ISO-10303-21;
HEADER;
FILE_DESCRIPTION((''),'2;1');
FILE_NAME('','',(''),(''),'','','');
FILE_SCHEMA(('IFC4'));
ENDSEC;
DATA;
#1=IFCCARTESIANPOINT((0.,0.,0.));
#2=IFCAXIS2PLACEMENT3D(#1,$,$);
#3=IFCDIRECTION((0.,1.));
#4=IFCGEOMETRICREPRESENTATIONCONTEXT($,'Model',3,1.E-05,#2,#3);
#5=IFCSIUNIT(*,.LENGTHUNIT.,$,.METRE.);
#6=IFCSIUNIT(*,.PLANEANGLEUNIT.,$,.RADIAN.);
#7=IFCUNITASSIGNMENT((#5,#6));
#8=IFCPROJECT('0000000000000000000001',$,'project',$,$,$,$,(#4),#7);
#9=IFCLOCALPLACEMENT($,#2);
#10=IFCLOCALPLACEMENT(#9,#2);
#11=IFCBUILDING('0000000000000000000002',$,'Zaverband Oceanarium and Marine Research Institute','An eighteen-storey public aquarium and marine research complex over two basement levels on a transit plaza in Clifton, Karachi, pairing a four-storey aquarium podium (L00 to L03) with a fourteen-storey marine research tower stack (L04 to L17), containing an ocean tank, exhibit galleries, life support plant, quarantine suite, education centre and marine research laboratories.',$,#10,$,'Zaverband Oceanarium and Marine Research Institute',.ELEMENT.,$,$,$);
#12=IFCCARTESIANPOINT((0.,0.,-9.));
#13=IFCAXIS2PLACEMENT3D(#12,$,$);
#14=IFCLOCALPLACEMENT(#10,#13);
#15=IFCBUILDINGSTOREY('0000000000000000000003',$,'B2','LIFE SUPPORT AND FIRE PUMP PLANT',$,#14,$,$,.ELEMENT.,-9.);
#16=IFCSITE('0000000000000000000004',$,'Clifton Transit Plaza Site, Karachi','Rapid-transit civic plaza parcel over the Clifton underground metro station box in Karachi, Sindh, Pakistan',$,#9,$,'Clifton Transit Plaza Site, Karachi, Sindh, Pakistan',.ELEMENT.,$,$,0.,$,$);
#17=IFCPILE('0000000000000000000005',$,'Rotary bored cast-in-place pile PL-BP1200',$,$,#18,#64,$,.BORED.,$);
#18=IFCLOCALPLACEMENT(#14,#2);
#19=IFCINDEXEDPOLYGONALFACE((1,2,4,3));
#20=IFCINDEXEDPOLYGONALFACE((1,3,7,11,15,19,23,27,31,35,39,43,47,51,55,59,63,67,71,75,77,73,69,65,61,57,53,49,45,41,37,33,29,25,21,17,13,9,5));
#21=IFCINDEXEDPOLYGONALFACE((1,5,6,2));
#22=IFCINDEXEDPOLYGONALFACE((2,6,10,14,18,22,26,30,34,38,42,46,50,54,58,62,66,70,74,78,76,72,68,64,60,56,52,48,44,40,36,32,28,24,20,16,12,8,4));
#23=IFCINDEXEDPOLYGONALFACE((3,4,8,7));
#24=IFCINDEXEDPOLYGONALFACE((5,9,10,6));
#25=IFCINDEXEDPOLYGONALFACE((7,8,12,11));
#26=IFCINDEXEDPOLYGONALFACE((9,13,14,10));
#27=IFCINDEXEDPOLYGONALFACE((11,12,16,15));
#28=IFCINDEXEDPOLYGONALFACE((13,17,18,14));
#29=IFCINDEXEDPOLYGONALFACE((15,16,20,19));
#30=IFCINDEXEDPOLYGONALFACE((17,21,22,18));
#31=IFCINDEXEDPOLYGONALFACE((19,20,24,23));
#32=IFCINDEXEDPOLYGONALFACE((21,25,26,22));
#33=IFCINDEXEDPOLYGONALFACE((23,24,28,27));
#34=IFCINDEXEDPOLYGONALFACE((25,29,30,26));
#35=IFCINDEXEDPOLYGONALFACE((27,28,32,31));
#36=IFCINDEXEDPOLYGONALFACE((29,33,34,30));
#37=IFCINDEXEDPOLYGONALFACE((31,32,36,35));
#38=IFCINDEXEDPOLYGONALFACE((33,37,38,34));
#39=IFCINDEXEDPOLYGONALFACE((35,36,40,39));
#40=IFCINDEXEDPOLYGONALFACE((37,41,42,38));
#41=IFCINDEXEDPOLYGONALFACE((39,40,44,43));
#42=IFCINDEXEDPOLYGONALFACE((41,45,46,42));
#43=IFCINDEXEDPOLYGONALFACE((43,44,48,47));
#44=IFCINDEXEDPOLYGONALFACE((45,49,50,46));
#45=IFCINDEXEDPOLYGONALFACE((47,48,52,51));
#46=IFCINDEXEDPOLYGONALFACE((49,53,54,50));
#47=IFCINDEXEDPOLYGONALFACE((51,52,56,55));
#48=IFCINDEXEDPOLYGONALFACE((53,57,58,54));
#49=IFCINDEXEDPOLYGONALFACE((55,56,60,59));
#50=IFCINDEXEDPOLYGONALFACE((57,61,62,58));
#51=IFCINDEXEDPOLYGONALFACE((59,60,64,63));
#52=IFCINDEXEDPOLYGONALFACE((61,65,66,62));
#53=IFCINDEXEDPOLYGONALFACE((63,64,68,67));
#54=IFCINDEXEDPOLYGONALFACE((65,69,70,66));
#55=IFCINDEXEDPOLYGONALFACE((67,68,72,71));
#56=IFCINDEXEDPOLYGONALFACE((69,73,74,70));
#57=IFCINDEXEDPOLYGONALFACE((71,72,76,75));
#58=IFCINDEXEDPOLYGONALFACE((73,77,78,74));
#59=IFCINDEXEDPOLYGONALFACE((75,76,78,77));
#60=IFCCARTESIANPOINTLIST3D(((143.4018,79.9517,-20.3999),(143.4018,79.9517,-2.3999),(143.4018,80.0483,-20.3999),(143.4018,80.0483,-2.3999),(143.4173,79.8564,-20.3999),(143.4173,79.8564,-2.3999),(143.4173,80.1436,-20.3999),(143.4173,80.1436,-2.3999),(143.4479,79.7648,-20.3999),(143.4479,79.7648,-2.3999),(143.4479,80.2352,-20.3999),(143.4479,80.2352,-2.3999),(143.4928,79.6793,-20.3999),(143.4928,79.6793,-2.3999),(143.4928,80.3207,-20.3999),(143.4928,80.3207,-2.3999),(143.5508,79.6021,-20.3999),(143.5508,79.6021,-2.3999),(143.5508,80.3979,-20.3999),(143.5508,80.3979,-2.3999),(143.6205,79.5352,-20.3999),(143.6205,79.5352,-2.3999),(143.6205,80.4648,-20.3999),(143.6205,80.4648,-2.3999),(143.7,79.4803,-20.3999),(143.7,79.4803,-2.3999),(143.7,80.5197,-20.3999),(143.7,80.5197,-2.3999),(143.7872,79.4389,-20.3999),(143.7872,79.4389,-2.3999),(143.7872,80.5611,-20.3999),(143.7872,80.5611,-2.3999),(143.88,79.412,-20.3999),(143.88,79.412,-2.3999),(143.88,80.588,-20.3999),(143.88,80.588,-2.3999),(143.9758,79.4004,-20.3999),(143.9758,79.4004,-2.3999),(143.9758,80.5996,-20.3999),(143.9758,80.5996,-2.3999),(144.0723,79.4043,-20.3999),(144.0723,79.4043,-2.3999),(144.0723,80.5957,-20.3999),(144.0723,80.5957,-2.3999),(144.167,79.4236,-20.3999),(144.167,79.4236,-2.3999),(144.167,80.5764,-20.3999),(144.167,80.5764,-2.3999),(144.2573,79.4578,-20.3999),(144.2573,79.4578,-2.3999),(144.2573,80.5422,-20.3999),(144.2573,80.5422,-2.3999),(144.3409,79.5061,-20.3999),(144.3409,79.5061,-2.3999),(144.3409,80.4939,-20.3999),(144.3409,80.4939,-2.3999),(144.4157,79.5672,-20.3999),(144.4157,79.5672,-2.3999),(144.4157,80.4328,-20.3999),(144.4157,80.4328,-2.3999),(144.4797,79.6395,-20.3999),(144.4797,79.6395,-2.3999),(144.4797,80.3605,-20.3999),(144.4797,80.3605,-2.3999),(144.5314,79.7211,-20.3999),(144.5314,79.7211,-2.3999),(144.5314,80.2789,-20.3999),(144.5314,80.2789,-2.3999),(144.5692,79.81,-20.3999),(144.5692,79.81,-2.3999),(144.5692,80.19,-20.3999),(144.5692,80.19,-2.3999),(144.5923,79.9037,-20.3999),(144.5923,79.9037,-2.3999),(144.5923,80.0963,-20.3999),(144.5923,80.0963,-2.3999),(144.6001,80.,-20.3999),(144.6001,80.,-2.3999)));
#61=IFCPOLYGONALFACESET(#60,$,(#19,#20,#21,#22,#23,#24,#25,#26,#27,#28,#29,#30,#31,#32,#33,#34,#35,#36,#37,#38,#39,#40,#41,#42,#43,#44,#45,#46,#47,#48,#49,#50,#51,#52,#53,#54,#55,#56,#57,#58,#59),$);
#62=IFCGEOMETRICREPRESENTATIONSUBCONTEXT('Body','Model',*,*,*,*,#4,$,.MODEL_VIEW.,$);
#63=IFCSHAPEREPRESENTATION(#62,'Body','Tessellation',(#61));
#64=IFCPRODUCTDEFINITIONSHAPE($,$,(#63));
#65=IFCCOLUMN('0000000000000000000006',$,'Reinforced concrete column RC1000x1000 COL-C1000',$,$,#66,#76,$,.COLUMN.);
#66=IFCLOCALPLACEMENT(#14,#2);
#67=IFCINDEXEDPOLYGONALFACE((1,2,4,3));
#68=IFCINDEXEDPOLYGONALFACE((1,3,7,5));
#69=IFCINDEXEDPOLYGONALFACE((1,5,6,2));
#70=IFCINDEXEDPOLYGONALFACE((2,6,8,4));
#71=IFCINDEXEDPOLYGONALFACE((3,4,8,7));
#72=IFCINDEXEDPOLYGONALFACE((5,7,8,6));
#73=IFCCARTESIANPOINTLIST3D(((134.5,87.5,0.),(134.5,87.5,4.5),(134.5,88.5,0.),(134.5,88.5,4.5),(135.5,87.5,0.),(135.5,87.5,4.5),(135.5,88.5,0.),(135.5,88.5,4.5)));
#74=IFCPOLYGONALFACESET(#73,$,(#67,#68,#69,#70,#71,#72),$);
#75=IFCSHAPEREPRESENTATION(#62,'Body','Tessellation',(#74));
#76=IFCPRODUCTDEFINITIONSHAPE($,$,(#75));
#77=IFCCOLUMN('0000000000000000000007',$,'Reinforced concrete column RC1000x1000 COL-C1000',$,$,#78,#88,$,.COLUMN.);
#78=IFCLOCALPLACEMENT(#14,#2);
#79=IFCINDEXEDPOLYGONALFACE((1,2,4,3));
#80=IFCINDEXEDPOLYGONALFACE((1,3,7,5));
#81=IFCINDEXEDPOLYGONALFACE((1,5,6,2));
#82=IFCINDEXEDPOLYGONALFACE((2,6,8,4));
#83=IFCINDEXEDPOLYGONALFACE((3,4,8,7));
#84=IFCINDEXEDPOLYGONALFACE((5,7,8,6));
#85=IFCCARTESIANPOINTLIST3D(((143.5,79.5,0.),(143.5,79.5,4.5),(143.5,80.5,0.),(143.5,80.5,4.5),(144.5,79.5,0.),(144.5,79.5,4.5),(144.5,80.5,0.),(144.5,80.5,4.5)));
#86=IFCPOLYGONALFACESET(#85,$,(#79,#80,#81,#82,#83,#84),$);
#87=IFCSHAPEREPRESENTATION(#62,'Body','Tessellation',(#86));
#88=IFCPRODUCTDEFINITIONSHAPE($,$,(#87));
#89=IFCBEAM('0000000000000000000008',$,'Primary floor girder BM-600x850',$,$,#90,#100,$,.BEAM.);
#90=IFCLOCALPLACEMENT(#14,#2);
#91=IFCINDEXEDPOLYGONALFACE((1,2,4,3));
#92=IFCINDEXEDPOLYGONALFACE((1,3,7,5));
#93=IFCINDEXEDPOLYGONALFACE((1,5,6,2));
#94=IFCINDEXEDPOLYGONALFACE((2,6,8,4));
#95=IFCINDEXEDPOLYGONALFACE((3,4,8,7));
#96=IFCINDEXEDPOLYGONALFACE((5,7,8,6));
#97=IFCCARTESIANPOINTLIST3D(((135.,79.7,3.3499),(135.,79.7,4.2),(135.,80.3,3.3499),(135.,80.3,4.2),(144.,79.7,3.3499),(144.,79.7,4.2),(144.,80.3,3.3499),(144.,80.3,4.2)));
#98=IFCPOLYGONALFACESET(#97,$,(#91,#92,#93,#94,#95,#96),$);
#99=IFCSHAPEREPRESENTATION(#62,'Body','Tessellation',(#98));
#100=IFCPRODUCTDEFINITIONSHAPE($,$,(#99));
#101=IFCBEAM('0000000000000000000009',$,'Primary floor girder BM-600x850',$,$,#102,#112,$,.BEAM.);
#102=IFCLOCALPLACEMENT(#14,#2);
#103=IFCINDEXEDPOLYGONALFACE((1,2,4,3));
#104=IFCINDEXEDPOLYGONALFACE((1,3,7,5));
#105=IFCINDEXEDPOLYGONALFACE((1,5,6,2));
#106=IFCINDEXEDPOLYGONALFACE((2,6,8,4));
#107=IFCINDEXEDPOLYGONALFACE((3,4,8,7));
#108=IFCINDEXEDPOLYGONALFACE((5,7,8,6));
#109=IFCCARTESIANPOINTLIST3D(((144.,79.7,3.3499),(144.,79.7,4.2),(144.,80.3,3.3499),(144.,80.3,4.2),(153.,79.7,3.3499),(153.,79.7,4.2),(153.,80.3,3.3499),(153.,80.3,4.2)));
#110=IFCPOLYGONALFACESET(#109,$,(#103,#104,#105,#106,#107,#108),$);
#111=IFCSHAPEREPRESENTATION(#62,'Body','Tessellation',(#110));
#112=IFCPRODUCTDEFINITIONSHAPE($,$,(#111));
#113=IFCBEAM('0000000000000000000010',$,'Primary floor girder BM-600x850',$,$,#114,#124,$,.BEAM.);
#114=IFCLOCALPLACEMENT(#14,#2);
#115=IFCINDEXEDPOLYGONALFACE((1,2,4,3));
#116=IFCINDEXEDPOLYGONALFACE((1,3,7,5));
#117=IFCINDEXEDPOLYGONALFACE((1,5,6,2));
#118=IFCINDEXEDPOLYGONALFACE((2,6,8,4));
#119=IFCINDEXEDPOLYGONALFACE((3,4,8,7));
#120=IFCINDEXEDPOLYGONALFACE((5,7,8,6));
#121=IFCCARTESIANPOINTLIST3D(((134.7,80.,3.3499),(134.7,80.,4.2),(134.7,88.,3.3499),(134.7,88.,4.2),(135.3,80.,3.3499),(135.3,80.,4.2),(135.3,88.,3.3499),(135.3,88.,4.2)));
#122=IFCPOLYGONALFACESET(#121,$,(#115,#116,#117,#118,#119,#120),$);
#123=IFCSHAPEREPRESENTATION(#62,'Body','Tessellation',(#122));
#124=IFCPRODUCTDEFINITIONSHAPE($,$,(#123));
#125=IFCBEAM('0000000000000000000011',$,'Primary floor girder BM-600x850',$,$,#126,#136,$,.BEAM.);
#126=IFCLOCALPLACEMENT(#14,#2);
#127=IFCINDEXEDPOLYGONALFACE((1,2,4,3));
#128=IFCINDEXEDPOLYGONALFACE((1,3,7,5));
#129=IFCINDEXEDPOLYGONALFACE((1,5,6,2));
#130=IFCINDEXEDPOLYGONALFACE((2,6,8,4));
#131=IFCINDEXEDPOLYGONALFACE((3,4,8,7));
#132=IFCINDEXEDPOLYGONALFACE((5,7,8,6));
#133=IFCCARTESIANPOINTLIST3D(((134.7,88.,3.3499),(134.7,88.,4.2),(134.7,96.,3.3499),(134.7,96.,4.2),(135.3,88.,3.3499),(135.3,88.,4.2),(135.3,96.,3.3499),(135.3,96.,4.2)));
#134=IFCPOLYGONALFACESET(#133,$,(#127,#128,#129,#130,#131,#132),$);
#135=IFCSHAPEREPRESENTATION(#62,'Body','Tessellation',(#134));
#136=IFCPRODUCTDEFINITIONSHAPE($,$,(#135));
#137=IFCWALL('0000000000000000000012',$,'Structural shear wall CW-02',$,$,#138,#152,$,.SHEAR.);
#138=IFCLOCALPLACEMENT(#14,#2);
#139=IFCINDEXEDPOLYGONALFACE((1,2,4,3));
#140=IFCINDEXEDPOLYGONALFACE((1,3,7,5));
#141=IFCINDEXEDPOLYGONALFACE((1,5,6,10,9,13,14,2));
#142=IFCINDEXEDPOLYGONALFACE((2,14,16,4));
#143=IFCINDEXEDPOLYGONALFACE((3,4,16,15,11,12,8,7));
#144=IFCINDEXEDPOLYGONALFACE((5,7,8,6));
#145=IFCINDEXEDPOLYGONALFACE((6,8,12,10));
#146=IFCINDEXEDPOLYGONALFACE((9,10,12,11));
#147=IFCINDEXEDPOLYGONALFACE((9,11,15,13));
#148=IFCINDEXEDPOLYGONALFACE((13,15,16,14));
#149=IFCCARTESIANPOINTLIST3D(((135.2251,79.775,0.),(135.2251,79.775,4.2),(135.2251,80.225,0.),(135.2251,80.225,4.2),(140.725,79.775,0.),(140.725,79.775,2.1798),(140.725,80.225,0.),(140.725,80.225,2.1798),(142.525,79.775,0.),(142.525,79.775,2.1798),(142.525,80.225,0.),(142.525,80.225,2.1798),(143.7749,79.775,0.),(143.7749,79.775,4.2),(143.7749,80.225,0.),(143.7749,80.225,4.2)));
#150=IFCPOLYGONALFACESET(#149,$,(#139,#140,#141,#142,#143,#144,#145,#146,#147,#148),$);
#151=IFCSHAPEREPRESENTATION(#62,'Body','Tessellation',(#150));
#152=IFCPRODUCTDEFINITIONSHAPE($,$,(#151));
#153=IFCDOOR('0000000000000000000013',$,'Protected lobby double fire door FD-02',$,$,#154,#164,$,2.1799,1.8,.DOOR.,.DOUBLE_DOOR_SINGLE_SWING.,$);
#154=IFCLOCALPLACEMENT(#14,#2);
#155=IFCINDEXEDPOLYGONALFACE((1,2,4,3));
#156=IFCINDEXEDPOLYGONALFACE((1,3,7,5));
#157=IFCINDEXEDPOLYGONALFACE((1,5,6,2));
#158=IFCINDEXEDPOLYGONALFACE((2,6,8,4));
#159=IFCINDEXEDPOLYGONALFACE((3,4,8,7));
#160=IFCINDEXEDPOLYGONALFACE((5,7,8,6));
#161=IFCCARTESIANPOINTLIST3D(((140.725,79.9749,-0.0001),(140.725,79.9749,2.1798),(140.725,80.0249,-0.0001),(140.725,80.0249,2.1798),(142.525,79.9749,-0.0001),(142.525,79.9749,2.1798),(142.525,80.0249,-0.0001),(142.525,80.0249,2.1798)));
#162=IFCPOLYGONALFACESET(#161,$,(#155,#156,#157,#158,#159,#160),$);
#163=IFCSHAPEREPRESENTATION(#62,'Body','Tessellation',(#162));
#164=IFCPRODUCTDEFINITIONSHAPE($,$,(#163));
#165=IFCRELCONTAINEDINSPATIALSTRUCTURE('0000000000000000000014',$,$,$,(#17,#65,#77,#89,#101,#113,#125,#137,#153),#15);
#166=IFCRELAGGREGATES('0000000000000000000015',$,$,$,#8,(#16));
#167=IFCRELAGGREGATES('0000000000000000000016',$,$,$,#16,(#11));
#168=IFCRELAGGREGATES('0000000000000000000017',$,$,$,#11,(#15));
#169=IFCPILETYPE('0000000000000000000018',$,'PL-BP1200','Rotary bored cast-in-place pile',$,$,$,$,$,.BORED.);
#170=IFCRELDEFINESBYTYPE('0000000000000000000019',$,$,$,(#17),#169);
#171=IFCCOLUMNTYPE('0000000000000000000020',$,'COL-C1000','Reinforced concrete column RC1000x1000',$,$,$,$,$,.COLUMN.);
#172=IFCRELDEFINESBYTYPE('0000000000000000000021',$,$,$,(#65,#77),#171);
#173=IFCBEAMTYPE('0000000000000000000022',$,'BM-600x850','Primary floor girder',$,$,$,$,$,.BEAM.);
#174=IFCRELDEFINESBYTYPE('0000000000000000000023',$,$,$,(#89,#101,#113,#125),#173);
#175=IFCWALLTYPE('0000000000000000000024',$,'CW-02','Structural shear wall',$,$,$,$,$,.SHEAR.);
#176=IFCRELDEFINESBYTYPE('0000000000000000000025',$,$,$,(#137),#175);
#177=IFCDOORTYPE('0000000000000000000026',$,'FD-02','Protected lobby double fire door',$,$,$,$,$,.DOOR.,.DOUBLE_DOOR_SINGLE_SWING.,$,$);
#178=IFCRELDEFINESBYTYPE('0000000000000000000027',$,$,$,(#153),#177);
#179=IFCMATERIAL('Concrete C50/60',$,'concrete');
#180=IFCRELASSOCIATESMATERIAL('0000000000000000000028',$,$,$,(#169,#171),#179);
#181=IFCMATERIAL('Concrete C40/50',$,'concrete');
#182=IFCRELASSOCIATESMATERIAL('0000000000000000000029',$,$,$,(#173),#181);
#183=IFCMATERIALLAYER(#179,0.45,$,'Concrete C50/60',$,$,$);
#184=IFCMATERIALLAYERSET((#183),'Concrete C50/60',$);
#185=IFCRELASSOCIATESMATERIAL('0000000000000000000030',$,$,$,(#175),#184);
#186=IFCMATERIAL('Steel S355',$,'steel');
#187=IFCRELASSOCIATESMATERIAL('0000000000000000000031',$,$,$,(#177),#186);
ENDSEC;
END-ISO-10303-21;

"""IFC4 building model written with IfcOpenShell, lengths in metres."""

from ifc_helpers import new_model, si_unit, direction, frame, frame_2d, origin, origin_2d, place, context, subcontext, project, spatial, rectangle, circle, extrude, material, layer, layer_set, material_profile, profile_set, type_object, element, fill, save


model = new_model("IFC4")

# Units and contexts
model_context = context("Model", 3, precision=1e-05, world=origin(), true_north=direction((0.0, 1.0)))
body_context = subcontext(model_context, "Body", "Model", "MODEL_VIEW")
ifc_project = project(units=[si_unit("LENGTHUNIT", "METRE"), si_unit("PLANEANGLEUNIT", "RADIAN")], contexts=[model_context])

# Site, building, storey
site_placement = place(None, origin())
site = spatial("IfcSite", under=ifc_project, at=site_placement, Name="Clifton Transit Plaza Site, Karachi", Description="Rapid-transit civic plaza parcel over the Clifton underground metro station box in Karachi, Sindh, Pakistan", LongName="Clifton Transit Plaza Site, Karachi, Sindh, Pakistan", CompositionType="ELEMENT", RefElevation=0.0)
building_placement = place(site_placement, origin())
building = spatial("IfcBuilding", under=site, at=building_placement, Name="Zaverband Oceanarium and Marine Research Institute", Description="An eighteen-storey public aquarium and marine research complex over two basement levels on a transit plaza in Clifton, Karachi, pairing a four-storey aquarium podium (L00 to L03) with a fourteen-storey marine research tower stack (L04 to L17), containing an ocean tank, exhibit galleries, life support plant, quarantine suite, education centre and marine research laboratories.", LongName="Zaverband Oceanarium and Marine Research Institute", CompositionType="ELEMENT")
storey_placement = place(building_placement, frame((0.0, 0.0, -9.0)))
storey = spatial("IfcBuildingStorey", under=building, at=storey_placement, Name="B2", Description="LIFE SUPPORT AND FIRE PUMP PLANT", CompositionType="ELEMENT", Elevation=-9.0)

# Shared definitions
ifc_material_1 = material(Name="Concrete C50/60", Category="concrete")

# Pile
ifc_material_profile_1 = material_profile(ifc_material_1, circle(Radius=0.6001, at=origin_2d()), Name="BP1200")
ifc_profile_set_1 = profile_set([ifc_material_profile_1], Name="Concrete C50/60")
pile_type = type_object("IfcPileType", Name="PL-BP1200", Description="Rotary bored cast-in-place pile", PredefinedType="BORED", material=ifc_profile_set_1)
for number, where, z_axis, x_axis, name in (
    (1, (144.0, 80.0, -2.3999), (0.0, 0.0, -1.0), (1.0, 0.0, 0.0), "Rotary bored cast-in-place pile PL-BP1200"),
):
    element("IfcPile", number, at=place(storey_placement, frame(where, z_axis=z_axis, x_axis=x_axis)), inside=storey, type_object=pile_type, Name=name, PredefinedType="BORED", context=body_context, shape_type="SweptSolid", body=[
        extrude(circle(Radius=0.6001, at=origin_2d()), origin(), (0.0, 0.0, 1.0), 18.0),
    ])

# Columns
ifc_material_profile_2 = material_profile(ifc_material_1, rectangle(XDim=1.0, YDim=1.0, at=origin_2d()), Name="RC1000x1000")
ifc_profile_set_2 = profile_set([ifc_material_profile_2], Name="Concrete C50/60")
column_type = type_object("IfcColumnType", Name="COL-C1000", Description="Reinforced concrete column RC1000x1000", PredefinedType="COLUMN", material=ifc_profile_set_2)
for number, where, z_axis, x_axis, name in (
    (2, (135.0, 88.0, 0.0), (0.0, 0.0, 1.0), (1.0, 0.0, 0.0), "Reinforced concrete column RC1000x1000 COL-C1000"),
    (3, (144.0, 80.0, 0.0), (0.0, 0.0, 1.0), (1.0, 0.0, 0.0), "Reinforced concrete column RC1000x1000 COL-C1000"),
):
    element("IfcColumn", number, at=place(storey_placement, frame(where, z_axis=z_axis, x_axis=x_axis)), inside=storey, type_object=column_type, Name=name, PredefinedType="COLUMN", context=body_context, shape_type="SweptSolid", body=[
        extrude(rectangle(XDim=1.0, YDim=1.0, at=origin_2d()), origin(), (0.0, 0.0, 1.0), 4.5),
    ])

# Beams
ifc_material_2 = material(Name="Concrete C40/50", Category="concrete")
ifc_material_profile_3 = material_profile(ifc_material_2, rectangle(XDim=0.6001, YDim=0.8501, at=origin_2d()), Name="RC600x850")
ifc_profile_set_3 = profile_set([ifc_material_profile_3], Name="Concrete C40/50")
beam_type = type_object("IfcBeamType", Name="BM-600x850", Description="Primary floor girder", PredefinedType="BEAM", material=ifc_profile_set_3)
for number, where, z_axis, x_axis, name in (
    (4, (135.0, 80.0, 3.7749), (1.0, 0.0, 0.0), (0.0, 1.0, 0.0), "Primary floor girder BM-600x850"),
    (5, (144.0, 80.0, 3.7749), (1.0, 0.0, 0.0), (0.0, 1.0, 0.0), "Primary floor girder BM-600x850"),
):
    element("IfcBeam", number, at=place(storey_placement, frame(where, z_axis=z_axis, x_axis=x_axis)), inside=storey, type_object=beam_type, Name=name, PredefinedType="BEAM", context=body_context, shape_type="SweptSolid", body=[
        extrude(rectangle(XDim=0.6001, YDim=0.8501, at=origin_2d()), origin(), (0.0, 0.0, 1.0), 9.0),
    ])
for number, where, z_axis, x_axis, name in (
    (6, (135.0, 80.0, 3.7749), (0.0, 1.0, 0.0), (-1.0, 0.0, 0.0), "Primary floor girder BM-600x850"),
    (7, (135.0, 88.0, 3.7749), (0.0, 1.0, 0.0), (-1.0, 0.0, 0.0), "Primary floor girder BM-600x850"),
):
    element("IfcBeam", number, at=place(storey_placement, frame(where, z_axis=z_axis, x_axis=x_axis)), inside=storey, type_object=beam_type, Name=name, PredefinedType="BEAM", context=body_context, shape_type="SweptSolid", body=[
        extrude(rectangle(XDim=0.6001, YDim=0.8501, at=origin_2d()), origin(), (0.0, 0.0, 1.0), 8.0),
    ])

# Wall, opening, door
ifc_layer_1 = layer(ifc_material_1, 0.45, Name="Concrete C50/60")
ifc_layer_set_1 = layer_set([ifc_layer_1], Name="Concrete C50/60")
wall_type_1 = type_object("IfcWallType", Name="CW-02", Description="Structural shear wall", PredefinedType="SHEAR", material=ifc_layer_set_1)
wall_1_placement = place(storey_placement, frame((135.2251, 80.0, 0.0), z_axis=(0.0, 0.0, 1.0), x_axis=(1.0, 0.0, 0.0)))
wall_1 = element("IfcWall", 8, at=wall_1_placement, inside=storey, type_object=wall_type_1, Name="Structural shear wall CW-02", PredefinedType="SHEAR", context=body_context, shape_type="SweptSolid", body=[
    extrude(rectangle(XDim=8.5498, YDim=0.45, at=frame_2d((4.2749, 0.0))), origin(), (0.0, 0.0, 1.0), 4.2),
])
opening_1_placement = place(wall_1_placement, frame((5.5, 0.0, 0.0)))
opening_1 = element("IfcOpeningElement", 9, at=opening_1_placement, cuts=wall_1, PredefinedType="OPENING", context=body_context, shape_type="SweptSolid", body=[
    extrude(rectangle(XDim=1.8, YDim=2.1799, at=frame_2d((0.8999, 1.0898))), frame((0.0, 0.2368, 0.0), z_axis=(0.0, -1.0, 0.0), x_axis=(1.0, 0.0, 0.0)), (0.0, 0.0, 1.0), 0.4739),
])
ifc_material_3 = material(Name="Steel S355", Category="steel")
door_type_1 = type_object("IfcDoorType", Name="FD-02", Description="Protected lobby double fire door", OperationType="DOUBLE_DOOR_SINGLE_SWING", PredefinedType="DOOR", material=ifc_material_3)
door_1_placement = place(opening_1_placement, origin())
door_1 = element("IfcDoor", 10, at=door_1_placement, inside=storey, type_object=door_type_1, Name="Protected lobby double fire door FD-02", OperationType="DOUBLE_DOOR_SINGLE_SWING", OverallHeight=2.1799, OverallWidth=1.8, PredefinedType="DOOR", context=body_context, shape_type="SweptSolid", body=[
    extrude(rectangle(XDim=1.8, YDim=2.1799, at=frame_2d((0.8999, 1.0898))), frame((0.0, 0.0249, 0.0), z_axis=(0.0, -1.0, 0.0), x_axis=(1.0, 0.0, 0.0)), (0.0, 0.0, 1.0), 0.05),
])
fill(opening_1, door_1)

save(model, "model.ifc")
